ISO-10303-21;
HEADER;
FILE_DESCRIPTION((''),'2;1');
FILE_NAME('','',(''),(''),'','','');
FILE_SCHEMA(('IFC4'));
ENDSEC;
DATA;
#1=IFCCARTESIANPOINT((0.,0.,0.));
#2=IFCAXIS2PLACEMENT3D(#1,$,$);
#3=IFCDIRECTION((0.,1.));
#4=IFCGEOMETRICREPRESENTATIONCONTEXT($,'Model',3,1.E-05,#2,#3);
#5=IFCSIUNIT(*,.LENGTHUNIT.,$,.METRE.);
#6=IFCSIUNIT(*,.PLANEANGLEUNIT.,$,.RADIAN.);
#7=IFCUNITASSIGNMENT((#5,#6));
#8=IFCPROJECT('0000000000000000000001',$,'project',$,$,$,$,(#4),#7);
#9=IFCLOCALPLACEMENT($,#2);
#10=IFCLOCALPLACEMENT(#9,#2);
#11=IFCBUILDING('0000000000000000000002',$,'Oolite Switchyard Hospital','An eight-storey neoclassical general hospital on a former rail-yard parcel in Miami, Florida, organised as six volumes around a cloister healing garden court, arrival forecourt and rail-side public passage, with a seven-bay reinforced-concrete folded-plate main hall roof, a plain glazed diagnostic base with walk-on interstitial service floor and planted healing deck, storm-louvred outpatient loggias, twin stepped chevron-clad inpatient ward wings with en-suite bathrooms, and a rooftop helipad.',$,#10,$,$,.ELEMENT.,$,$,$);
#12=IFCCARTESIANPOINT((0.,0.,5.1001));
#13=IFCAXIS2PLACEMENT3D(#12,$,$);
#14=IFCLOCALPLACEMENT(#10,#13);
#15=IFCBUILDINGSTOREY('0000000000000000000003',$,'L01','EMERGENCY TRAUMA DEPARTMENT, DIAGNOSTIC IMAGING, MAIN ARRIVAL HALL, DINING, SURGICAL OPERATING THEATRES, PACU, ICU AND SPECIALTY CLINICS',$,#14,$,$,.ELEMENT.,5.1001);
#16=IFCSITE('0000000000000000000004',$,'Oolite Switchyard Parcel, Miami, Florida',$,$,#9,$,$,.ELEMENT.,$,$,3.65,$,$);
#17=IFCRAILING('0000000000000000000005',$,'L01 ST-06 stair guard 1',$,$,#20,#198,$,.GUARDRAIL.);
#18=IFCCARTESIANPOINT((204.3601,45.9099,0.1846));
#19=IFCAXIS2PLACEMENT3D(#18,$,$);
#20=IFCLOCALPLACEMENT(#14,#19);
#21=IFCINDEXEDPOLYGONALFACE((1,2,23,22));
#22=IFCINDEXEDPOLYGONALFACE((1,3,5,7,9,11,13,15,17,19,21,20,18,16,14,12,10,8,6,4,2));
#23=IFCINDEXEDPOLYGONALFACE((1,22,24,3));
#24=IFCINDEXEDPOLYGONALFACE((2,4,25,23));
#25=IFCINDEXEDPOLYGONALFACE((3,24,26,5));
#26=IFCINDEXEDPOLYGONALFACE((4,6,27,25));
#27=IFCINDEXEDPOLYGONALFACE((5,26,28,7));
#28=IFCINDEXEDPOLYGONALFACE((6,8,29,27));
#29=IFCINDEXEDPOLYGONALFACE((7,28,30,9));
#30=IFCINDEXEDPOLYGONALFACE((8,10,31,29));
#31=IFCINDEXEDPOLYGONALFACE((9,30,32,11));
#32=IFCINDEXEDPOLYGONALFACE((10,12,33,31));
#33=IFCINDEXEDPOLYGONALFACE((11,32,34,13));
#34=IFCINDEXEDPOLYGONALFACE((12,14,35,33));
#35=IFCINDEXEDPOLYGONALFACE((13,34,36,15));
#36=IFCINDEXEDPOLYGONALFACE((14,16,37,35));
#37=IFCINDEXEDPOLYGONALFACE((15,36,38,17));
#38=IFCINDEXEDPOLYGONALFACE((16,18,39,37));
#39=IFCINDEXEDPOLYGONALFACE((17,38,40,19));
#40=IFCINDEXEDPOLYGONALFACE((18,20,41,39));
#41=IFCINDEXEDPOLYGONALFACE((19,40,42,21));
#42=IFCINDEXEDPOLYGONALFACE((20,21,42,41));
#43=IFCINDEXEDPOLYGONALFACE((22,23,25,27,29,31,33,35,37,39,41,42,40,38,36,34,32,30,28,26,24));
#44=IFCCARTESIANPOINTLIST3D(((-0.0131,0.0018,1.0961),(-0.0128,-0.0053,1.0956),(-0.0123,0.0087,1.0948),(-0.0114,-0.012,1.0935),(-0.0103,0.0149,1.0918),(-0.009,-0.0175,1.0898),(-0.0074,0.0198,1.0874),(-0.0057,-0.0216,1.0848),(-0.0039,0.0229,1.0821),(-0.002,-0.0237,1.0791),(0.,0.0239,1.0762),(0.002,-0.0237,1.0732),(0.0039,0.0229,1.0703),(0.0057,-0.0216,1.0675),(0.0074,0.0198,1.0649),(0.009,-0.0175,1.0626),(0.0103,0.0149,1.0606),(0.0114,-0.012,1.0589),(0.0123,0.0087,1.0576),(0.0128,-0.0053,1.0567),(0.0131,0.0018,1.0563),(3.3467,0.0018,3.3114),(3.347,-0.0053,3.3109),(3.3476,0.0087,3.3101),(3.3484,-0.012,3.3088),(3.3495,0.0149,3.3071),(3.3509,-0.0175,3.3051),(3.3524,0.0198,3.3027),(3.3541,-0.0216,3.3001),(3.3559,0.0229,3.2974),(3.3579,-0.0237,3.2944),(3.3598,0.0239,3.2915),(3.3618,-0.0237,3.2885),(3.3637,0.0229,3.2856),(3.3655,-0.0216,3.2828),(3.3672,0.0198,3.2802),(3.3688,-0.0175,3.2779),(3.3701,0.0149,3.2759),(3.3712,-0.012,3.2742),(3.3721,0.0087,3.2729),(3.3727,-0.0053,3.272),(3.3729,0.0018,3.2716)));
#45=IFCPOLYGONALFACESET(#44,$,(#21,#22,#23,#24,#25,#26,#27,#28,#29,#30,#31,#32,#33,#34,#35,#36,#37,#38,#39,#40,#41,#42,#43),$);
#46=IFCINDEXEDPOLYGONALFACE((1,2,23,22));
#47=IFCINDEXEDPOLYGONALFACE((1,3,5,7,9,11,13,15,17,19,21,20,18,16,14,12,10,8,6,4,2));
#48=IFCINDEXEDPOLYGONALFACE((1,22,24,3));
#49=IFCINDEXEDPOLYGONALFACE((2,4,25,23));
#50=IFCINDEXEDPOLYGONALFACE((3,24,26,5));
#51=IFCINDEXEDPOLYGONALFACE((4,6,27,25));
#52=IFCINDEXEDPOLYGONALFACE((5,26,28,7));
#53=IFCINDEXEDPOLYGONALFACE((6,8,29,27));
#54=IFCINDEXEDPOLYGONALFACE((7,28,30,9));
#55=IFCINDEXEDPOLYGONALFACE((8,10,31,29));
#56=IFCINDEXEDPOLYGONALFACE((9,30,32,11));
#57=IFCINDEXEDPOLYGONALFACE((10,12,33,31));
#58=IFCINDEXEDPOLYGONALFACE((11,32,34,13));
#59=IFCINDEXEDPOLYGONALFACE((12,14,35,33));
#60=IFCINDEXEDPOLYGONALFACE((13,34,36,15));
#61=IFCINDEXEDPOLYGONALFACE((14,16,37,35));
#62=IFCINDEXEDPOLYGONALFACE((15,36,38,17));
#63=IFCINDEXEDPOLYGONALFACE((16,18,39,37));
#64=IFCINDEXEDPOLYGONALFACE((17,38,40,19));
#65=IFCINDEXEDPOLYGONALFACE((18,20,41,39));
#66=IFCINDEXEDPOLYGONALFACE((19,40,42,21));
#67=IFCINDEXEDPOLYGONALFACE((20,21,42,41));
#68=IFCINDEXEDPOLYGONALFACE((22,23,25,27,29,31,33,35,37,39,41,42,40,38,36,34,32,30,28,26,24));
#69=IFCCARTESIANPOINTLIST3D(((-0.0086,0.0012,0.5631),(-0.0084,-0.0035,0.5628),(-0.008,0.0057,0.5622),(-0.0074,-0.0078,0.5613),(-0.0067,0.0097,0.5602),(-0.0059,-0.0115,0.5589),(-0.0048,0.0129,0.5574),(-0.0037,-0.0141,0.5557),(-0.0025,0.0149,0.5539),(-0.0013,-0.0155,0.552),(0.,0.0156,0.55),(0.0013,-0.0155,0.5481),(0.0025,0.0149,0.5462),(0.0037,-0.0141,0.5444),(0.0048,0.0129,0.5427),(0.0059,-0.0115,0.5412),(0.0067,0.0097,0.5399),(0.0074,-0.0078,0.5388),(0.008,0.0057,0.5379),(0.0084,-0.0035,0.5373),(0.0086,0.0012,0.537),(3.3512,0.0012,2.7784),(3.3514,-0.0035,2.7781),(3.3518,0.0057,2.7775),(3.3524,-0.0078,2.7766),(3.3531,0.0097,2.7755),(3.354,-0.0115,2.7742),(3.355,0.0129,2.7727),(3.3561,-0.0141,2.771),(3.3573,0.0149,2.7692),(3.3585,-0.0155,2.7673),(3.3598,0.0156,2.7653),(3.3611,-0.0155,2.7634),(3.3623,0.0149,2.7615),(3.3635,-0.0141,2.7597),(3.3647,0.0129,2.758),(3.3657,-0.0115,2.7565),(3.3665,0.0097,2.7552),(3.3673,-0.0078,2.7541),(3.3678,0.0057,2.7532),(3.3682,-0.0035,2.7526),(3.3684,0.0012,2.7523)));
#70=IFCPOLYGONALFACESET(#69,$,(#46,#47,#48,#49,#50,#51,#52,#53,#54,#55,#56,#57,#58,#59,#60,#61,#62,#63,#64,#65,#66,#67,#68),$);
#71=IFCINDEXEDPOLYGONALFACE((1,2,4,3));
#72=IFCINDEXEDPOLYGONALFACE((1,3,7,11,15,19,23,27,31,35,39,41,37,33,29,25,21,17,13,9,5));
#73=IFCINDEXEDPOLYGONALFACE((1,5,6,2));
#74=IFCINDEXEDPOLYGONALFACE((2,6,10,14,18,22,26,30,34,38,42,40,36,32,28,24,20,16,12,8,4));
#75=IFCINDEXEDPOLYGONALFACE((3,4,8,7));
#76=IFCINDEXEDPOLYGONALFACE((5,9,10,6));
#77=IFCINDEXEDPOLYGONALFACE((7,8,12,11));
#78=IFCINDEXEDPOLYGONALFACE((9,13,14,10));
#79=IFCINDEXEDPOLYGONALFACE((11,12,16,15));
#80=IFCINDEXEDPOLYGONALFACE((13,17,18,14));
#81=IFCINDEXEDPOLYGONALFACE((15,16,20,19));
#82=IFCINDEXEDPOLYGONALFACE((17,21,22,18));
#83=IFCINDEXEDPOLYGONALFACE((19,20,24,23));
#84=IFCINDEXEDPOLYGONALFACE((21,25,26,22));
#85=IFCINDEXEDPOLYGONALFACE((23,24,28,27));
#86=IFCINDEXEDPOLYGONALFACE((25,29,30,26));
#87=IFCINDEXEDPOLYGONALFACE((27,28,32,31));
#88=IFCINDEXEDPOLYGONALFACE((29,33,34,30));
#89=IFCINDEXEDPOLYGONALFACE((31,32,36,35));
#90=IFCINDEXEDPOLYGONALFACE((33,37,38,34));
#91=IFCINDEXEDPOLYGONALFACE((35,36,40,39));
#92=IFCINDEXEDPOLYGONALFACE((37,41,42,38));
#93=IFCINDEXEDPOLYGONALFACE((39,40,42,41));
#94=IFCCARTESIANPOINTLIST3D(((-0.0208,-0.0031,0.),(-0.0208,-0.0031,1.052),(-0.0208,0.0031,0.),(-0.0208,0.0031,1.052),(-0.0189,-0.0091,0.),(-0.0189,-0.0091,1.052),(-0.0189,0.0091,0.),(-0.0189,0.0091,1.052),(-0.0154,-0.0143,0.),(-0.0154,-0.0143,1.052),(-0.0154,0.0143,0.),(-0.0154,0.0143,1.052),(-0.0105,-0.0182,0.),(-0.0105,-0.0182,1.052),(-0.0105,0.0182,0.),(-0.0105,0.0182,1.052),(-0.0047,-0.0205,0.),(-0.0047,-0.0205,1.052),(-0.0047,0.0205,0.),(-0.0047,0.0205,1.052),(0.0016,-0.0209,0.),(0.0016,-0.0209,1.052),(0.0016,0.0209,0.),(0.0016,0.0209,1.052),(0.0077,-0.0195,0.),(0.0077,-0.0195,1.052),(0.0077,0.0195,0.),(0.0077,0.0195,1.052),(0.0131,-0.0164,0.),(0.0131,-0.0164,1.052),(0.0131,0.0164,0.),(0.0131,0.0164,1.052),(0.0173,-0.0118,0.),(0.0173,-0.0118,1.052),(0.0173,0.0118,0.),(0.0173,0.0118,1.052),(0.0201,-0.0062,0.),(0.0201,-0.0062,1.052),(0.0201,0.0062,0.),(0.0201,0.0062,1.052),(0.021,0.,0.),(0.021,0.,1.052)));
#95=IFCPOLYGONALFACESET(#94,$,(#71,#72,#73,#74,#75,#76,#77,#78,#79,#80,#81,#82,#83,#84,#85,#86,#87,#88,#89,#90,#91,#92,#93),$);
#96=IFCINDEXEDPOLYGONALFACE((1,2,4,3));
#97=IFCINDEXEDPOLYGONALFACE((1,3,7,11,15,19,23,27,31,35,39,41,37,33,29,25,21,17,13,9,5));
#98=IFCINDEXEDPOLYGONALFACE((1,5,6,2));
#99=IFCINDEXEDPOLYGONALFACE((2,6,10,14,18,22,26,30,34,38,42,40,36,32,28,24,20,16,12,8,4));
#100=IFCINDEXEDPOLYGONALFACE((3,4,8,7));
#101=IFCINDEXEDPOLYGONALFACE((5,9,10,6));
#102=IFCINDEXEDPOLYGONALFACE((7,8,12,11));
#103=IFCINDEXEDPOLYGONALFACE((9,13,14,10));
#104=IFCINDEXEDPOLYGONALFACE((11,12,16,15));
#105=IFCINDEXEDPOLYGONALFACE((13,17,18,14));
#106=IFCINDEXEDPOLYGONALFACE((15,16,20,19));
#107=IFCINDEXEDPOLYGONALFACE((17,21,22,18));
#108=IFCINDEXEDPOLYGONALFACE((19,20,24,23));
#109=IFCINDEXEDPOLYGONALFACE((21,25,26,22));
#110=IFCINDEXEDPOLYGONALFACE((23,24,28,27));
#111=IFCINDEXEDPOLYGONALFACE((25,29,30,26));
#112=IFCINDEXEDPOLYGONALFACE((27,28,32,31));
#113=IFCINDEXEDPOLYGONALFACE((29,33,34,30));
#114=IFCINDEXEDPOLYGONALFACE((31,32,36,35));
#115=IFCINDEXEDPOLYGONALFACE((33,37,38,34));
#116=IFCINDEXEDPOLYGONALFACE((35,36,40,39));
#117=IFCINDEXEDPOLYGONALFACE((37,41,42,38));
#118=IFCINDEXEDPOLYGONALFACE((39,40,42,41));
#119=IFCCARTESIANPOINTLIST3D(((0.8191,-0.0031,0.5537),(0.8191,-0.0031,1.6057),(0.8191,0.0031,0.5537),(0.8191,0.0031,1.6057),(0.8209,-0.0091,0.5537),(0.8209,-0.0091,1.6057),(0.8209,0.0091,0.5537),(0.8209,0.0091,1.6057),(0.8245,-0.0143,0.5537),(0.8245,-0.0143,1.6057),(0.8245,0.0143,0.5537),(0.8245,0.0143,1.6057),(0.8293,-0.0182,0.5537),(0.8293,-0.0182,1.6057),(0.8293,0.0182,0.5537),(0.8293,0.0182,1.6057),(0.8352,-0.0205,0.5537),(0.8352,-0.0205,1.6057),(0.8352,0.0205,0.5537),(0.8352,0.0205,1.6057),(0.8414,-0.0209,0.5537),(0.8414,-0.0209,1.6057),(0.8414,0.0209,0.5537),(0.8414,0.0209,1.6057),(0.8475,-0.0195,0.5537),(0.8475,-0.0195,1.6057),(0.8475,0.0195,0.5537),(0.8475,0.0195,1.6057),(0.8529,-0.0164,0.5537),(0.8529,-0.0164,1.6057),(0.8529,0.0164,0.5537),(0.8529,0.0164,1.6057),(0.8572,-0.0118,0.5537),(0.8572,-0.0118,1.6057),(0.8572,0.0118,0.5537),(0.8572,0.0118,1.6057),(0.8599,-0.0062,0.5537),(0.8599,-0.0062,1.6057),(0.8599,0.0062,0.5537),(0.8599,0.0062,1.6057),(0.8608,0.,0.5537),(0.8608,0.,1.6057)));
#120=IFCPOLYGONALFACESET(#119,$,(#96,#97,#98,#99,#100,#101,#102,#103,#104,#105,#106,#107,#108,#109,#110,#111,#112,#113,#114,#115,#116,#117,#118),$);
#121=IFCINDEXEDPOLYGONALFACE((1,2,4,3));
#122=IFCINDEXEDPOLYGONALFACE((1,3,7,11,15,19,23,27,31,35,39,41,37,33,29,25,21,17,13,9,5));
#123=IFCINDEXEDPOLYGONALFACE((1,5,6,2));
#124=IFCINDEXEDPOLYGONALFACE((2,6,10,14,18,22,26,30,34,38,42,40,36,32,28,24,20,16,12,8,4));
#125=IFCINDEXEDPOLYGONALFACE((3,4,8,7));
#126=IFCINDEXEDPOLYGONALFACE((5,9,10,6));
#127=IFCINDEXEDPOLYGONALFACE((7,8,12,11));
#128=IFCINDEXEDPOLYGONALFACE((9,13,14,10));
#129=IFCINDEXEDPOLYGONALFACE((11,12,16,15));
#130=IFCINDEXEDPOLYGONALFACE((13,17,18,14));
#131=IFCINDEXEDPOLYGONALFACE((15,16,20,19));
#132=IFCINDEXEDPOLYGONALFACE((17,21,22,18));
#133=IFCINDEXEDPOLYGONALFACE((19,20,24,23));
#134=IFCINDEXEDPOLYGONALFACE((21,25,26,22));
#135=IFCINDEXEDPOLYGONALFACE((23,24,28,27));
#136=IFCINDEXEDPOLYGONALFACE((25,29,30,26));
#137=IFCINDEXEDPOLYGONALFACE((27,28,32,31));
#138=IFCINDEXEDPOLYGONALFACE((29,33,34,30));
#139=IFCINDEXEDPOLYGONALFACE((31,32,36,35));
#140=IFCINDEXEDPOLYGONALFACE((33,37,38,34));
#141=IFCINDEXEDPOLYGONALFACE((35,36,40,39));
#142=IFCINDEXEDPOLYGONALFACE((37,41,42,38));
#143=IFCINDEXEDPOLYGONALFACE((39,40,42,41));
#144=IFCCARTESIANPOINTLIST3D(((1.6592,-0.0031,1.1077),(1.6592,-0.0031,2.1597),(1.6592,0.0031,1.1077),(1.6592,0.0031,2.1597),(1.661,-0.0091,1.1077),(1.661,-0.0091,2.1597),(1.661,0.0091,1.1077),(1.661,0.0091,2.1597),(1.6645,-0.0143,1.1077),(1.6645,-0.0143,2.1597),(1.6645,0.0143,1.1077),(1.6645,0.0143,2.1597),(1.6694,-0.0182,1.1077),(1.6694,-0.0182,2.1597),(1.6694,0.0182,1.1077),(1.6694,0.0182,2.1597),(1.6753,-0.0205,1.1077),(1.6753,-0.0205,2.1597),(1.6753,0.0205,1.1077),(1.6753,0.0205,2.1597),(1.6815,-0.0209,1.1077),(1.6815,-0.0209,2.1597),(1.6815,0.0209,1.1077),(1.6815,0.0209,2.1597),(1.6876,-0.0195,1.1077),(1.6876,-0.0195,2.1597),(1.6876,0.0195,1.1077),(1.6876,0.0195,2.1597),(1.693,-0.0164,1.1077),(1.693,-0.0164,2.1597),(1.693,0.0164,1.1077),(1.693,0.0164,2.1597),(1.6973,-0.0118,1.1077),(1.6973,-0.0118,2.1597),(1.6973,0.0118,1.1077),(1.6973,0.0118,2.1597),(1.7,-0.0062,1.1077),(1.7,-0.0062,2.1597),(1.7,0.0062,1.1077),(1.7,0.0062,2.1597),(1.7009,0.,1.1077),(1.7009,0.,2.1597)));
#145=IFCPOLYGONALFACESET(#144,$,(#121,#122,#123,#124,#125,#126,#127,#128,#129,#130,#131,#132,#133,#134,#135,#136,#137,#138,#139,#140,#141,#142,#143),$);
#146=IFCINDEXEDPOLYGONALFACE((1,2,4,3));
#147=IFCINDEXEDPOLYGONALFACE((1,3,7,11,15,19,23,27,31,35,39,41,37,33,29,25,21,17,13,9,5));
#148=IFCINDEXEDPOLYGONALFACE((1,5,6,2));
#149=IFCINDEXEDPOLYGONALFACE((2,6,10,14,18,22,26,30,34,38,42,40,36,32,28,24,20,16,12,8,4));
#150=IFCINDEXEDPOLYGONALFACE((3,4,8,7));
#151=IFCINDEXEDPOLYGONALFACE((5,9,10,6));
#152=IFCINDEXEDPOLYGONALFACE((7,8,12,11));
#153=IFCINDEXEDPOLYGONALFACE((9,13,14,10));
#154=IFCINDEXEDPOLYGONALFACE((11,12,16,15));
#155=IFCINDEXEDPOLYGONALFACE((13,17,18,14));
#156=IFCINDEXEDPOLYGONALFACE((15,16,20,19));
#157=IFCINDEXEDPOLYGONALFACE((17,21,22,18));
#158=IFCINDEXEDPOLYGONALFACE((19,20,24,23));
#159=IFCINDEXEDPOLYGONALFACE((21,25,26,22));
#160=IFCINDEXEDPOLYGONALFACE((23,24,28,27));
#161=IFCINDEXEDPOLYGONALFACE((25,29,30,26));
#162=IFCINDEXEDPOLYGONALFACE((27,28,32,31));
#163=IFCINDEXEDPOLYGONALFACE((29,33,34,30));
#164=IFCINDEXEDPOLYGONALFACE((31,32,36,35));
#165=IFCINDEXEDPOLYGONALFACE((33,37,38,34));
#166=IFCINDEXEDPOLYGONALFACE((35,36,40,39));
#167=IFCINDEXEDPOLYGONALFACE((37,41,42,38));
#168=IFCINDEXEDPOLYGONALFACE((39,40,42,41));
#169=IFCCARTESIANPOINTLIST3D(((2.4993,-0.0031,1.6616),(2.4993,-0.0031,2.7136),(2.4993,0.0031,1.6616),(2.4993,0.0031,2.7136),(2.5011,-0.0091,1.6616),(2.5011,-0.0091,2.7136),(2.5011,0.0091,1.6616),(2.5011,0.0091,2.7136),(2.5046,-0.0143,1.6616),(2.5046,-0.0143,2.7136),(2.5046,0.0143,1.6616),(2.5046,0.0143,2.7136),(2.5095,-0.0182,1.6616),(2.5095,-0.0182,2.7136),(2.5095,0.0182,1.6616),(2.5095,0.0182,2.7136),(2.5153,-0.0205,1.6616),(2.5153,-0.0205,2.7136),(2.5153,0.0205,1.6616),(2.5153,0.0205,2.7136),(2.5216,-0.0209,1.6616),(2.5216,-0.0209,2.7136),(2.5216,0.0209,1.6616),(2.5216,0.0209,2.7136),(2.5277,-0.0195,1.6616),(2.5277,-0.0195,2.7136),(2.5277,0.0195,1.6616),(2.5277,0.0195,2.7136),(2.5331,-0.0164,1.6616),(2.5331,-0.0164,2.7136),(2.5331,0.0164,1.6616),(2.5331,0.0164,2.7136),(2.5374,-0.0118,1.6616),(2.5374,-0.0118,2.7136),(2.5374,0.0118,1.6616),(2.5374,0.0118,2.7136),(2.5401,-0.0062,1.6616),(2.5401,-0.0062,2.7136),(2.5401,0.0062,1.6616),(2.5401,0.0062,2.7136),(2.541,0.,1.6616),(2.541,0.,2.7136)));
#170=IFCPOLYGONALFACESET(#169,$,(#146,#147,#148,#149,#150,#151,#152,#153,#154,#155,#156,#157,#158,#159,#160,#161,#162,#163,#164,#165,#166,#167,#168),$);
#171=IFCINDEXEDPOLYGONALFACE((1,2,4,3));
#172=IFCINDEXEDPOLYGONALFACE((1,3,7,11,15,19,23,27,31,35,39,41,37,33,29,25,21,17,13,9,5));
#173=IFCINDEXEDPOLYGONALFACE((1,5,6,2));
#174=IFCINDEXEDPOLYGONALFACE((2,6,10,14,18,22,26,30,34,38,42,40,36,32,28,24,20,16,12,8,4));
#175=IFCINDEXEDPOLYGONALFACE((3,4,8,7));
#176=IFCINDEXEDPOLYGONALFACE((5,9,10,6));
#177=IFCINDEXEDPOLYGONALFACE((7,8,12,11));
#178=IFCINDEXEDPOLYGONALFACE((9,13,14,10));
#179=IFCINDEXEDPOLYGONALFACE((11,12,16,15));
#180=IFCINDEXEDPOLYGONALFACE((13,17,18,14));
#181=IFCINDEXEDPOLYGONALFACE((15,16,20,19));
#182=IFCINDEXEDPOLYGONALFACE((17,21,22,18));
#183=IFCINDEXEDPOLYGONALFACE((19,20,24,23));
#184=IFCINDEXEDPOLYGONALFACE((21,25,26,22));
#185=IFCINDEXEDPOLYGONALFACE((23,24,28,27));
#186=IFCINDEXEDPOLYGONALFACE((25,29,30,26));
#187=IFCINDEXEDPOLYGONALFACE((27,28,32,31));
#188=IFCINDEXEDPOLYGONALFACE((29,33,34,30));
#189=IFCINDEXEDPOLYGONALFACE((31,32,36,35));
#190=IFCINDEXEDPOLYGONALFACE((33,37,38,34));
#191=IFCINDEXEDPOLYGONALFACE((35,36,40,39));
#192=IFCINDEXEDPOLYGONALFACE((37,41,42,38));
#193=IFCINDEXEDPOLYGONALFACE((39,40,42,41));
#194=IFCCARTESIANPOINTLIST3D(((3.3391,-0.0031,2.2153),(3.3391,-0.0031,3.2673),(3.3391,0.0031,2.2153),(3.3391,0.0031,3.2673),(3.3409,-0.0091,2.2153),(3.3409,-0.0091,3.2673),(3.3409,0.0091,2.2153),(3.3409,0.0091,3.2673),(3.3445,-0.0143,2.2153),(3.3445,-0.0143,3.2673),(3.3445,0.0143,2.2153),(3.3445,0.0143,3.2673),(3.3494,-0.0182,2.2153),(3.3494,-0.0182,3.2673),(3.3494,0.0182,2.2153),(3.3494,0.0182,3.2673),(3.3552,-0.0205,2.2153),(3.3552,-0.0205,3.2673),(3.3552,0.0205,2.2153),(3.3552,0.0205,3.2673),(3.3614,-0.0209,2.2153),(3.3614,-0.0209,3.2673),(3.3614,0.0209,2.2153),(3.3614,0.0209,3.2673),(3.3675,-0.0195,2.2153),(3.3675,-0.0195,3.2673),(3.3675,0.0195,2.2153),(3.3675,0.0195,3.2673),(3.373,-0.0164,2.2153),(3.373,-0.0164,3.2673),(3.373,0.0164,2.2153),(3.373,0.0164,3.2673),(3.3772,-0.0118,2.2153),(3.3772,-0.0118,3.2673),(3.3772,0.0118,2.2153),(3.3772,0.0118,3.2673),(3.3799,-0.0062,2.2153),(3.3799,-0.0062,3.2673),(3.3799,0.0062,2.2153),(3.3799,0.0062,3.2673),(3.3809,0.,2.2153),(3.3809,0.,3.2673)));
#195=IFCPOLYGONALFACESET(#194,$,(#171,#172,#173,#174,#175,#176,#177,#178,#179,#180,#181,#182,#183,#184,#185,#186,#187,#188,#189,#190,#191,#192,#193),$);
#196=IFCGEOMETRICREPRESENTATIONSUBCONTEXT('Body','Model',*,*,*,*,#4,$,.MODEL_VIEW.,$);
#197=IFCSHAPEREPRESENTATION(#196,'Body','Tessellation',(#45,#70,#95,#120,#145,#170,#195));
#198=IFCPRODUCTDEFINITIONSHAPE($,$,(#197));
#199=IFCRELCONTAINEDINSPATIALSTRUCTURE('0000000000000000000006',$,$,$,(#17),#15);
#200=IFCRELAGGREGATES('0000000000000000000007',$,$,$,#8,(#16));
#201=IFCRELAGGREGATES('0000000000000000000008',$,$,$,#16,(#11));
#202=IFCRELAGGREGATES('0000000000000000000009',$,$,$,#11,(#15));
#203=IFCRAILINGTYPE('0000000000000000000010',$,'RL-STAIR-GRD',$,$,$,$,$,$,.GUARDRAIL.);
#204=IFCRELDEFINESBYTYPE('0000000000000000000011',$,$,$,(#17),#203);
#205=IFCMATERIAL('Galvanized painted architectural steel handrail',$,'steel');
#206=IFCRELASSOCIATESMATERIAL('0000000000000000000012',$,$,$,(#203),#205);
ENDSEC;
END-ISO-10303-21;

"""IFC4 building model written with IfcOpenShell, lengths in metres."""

from ifc_helpers import new_model, si_unit, direction, frame, origin, origin_2d, place, context, subcontext, project, spatial, circle, extrude, material, type_object, element, save


model = new_model("IFC4")

# Units and contexts
model_context = context("Model", 3, precision=1e-05, world=origin(), true_north=direction((0.0, 1.0)))
body_context = subcontext(model_context, "Body", "Model", "MODEL_VIEW")
ifc_project = project(units=[si_unit("LENGTHUNIT", "METRE"), si_unit("PLANEANGLEUNIT", "RADIAN")], contexts=[model_context])

# Site, building, storey
site_placement = place(None, origin())
site = spatial("IfcSite", under=ifc_project, at=site_placement, Name="Oolite Switchyard Parcel, Miami, Florida", CompositionType="ELEMENT", RefElevation=3.65)
building_placement = place(site_placement, origin())
building = spatial("IfcBuilding", under=site, at=building_placement, Name="Oolite Switchyard Hospital", Description="An eight-storey neoclassical general hospital on a former rail-yard parcel in Miami, Florida, organised as six volumes around a cloister healing garden court, arrival forecourt and rail-side public passage, with a seven-bay reinforced-concrete folded-plate main hall roof, a plain glazed diagnostic base with walk-on interstitial service floor and planted healing deck, storm-louvred outpatient loggias, twin stepped chevron-clad inpatient ward wings with en-suite bathrooms, and a rooftop helipad.", CompositionType="ELEMENT")
storey_placement = place(building_placement, frame((0.0, 0.0, 5.1001)))
storey = spatial("IfcBuildingStorey", under=building, at=storey_placement, Name="L01", Description="EMERGENCY TRAUMA DEPARTMENT, DIAGNOSTIC IMAGING, MAIN ARRIVAL HALL, DINING, SURGICAL OPERATING THEATRES, PACU, ICU AND SPECIALTY CLINICS", CompositionType="ELEMENT", Elevation=5.1001)

# Railing
ifc_material_1 = material(Name="Galvanized painted architectural steel handrail", Category="steel")
railing_type_1 = type_object("IfcRailingType", Name="RL-STAIR-GRD", PredefinedType="GUARDRAIL", material=ifc_material_1)
railing_1_placement = place(storey_placement, frame((204.3601, 45.9099, 0.1846)))
element("IfcRailing", 1, at=railing_1_placement, inside=storey, type_object=railing_type_1, Name="L01 ST-06 stair guard 1", PredefinedType="GUARDRAIL", context=body_context, shape_type="SweptSolid", body=[
    extrude(circle(Radius=0.0239, at=origin_2d()), frame((0.0, 0.0, 1.0762), z_axis=(0.834858, 0.0, 0.550465), x_axis=(0.0, 1.0, 0.0)), (0.0, 0.0, 1.0), 4.0244),
    extrude(circle(Radius=0.0156, at=origin_2d()), frame((0.0, 0.0, 0.55), z_axis=(0.834858, 0.0, 0.550465), x_axis=(0.0, 1.0, 0.0)), (0.0, 0.0, 1.0), 4.0244),
    extrude(circle(Radius=0.021, at=origin_2d()), origin(), (0.0, 0.0, 1.0), 1.052),
    extrude(circle(Radius=0.021, at=origin_2d()), frame((0.8398, 0.0, 0.5537)), (0.0, 0.0, 1.0), 1.052),
    extrude(circle(Radius=0.021, at=origin_2d()), frame((1.6799, 0.0, 1.1077)), (0.0, 0.0, 1.0), 1.052),
    extrude(circle(Radius=0.021, at=origin_2d()), frame((2.52, 0.0, 1.6616)), (0.0, 0.0, 1.0), 1.052),
    extrude(circle(Radius=0.021, at=origin_2d()), frame((3.3599, 0.0, 2.2153)), (0.0, 0.0, 1.0), 1.052),
])

save(model, "model.ifc")
